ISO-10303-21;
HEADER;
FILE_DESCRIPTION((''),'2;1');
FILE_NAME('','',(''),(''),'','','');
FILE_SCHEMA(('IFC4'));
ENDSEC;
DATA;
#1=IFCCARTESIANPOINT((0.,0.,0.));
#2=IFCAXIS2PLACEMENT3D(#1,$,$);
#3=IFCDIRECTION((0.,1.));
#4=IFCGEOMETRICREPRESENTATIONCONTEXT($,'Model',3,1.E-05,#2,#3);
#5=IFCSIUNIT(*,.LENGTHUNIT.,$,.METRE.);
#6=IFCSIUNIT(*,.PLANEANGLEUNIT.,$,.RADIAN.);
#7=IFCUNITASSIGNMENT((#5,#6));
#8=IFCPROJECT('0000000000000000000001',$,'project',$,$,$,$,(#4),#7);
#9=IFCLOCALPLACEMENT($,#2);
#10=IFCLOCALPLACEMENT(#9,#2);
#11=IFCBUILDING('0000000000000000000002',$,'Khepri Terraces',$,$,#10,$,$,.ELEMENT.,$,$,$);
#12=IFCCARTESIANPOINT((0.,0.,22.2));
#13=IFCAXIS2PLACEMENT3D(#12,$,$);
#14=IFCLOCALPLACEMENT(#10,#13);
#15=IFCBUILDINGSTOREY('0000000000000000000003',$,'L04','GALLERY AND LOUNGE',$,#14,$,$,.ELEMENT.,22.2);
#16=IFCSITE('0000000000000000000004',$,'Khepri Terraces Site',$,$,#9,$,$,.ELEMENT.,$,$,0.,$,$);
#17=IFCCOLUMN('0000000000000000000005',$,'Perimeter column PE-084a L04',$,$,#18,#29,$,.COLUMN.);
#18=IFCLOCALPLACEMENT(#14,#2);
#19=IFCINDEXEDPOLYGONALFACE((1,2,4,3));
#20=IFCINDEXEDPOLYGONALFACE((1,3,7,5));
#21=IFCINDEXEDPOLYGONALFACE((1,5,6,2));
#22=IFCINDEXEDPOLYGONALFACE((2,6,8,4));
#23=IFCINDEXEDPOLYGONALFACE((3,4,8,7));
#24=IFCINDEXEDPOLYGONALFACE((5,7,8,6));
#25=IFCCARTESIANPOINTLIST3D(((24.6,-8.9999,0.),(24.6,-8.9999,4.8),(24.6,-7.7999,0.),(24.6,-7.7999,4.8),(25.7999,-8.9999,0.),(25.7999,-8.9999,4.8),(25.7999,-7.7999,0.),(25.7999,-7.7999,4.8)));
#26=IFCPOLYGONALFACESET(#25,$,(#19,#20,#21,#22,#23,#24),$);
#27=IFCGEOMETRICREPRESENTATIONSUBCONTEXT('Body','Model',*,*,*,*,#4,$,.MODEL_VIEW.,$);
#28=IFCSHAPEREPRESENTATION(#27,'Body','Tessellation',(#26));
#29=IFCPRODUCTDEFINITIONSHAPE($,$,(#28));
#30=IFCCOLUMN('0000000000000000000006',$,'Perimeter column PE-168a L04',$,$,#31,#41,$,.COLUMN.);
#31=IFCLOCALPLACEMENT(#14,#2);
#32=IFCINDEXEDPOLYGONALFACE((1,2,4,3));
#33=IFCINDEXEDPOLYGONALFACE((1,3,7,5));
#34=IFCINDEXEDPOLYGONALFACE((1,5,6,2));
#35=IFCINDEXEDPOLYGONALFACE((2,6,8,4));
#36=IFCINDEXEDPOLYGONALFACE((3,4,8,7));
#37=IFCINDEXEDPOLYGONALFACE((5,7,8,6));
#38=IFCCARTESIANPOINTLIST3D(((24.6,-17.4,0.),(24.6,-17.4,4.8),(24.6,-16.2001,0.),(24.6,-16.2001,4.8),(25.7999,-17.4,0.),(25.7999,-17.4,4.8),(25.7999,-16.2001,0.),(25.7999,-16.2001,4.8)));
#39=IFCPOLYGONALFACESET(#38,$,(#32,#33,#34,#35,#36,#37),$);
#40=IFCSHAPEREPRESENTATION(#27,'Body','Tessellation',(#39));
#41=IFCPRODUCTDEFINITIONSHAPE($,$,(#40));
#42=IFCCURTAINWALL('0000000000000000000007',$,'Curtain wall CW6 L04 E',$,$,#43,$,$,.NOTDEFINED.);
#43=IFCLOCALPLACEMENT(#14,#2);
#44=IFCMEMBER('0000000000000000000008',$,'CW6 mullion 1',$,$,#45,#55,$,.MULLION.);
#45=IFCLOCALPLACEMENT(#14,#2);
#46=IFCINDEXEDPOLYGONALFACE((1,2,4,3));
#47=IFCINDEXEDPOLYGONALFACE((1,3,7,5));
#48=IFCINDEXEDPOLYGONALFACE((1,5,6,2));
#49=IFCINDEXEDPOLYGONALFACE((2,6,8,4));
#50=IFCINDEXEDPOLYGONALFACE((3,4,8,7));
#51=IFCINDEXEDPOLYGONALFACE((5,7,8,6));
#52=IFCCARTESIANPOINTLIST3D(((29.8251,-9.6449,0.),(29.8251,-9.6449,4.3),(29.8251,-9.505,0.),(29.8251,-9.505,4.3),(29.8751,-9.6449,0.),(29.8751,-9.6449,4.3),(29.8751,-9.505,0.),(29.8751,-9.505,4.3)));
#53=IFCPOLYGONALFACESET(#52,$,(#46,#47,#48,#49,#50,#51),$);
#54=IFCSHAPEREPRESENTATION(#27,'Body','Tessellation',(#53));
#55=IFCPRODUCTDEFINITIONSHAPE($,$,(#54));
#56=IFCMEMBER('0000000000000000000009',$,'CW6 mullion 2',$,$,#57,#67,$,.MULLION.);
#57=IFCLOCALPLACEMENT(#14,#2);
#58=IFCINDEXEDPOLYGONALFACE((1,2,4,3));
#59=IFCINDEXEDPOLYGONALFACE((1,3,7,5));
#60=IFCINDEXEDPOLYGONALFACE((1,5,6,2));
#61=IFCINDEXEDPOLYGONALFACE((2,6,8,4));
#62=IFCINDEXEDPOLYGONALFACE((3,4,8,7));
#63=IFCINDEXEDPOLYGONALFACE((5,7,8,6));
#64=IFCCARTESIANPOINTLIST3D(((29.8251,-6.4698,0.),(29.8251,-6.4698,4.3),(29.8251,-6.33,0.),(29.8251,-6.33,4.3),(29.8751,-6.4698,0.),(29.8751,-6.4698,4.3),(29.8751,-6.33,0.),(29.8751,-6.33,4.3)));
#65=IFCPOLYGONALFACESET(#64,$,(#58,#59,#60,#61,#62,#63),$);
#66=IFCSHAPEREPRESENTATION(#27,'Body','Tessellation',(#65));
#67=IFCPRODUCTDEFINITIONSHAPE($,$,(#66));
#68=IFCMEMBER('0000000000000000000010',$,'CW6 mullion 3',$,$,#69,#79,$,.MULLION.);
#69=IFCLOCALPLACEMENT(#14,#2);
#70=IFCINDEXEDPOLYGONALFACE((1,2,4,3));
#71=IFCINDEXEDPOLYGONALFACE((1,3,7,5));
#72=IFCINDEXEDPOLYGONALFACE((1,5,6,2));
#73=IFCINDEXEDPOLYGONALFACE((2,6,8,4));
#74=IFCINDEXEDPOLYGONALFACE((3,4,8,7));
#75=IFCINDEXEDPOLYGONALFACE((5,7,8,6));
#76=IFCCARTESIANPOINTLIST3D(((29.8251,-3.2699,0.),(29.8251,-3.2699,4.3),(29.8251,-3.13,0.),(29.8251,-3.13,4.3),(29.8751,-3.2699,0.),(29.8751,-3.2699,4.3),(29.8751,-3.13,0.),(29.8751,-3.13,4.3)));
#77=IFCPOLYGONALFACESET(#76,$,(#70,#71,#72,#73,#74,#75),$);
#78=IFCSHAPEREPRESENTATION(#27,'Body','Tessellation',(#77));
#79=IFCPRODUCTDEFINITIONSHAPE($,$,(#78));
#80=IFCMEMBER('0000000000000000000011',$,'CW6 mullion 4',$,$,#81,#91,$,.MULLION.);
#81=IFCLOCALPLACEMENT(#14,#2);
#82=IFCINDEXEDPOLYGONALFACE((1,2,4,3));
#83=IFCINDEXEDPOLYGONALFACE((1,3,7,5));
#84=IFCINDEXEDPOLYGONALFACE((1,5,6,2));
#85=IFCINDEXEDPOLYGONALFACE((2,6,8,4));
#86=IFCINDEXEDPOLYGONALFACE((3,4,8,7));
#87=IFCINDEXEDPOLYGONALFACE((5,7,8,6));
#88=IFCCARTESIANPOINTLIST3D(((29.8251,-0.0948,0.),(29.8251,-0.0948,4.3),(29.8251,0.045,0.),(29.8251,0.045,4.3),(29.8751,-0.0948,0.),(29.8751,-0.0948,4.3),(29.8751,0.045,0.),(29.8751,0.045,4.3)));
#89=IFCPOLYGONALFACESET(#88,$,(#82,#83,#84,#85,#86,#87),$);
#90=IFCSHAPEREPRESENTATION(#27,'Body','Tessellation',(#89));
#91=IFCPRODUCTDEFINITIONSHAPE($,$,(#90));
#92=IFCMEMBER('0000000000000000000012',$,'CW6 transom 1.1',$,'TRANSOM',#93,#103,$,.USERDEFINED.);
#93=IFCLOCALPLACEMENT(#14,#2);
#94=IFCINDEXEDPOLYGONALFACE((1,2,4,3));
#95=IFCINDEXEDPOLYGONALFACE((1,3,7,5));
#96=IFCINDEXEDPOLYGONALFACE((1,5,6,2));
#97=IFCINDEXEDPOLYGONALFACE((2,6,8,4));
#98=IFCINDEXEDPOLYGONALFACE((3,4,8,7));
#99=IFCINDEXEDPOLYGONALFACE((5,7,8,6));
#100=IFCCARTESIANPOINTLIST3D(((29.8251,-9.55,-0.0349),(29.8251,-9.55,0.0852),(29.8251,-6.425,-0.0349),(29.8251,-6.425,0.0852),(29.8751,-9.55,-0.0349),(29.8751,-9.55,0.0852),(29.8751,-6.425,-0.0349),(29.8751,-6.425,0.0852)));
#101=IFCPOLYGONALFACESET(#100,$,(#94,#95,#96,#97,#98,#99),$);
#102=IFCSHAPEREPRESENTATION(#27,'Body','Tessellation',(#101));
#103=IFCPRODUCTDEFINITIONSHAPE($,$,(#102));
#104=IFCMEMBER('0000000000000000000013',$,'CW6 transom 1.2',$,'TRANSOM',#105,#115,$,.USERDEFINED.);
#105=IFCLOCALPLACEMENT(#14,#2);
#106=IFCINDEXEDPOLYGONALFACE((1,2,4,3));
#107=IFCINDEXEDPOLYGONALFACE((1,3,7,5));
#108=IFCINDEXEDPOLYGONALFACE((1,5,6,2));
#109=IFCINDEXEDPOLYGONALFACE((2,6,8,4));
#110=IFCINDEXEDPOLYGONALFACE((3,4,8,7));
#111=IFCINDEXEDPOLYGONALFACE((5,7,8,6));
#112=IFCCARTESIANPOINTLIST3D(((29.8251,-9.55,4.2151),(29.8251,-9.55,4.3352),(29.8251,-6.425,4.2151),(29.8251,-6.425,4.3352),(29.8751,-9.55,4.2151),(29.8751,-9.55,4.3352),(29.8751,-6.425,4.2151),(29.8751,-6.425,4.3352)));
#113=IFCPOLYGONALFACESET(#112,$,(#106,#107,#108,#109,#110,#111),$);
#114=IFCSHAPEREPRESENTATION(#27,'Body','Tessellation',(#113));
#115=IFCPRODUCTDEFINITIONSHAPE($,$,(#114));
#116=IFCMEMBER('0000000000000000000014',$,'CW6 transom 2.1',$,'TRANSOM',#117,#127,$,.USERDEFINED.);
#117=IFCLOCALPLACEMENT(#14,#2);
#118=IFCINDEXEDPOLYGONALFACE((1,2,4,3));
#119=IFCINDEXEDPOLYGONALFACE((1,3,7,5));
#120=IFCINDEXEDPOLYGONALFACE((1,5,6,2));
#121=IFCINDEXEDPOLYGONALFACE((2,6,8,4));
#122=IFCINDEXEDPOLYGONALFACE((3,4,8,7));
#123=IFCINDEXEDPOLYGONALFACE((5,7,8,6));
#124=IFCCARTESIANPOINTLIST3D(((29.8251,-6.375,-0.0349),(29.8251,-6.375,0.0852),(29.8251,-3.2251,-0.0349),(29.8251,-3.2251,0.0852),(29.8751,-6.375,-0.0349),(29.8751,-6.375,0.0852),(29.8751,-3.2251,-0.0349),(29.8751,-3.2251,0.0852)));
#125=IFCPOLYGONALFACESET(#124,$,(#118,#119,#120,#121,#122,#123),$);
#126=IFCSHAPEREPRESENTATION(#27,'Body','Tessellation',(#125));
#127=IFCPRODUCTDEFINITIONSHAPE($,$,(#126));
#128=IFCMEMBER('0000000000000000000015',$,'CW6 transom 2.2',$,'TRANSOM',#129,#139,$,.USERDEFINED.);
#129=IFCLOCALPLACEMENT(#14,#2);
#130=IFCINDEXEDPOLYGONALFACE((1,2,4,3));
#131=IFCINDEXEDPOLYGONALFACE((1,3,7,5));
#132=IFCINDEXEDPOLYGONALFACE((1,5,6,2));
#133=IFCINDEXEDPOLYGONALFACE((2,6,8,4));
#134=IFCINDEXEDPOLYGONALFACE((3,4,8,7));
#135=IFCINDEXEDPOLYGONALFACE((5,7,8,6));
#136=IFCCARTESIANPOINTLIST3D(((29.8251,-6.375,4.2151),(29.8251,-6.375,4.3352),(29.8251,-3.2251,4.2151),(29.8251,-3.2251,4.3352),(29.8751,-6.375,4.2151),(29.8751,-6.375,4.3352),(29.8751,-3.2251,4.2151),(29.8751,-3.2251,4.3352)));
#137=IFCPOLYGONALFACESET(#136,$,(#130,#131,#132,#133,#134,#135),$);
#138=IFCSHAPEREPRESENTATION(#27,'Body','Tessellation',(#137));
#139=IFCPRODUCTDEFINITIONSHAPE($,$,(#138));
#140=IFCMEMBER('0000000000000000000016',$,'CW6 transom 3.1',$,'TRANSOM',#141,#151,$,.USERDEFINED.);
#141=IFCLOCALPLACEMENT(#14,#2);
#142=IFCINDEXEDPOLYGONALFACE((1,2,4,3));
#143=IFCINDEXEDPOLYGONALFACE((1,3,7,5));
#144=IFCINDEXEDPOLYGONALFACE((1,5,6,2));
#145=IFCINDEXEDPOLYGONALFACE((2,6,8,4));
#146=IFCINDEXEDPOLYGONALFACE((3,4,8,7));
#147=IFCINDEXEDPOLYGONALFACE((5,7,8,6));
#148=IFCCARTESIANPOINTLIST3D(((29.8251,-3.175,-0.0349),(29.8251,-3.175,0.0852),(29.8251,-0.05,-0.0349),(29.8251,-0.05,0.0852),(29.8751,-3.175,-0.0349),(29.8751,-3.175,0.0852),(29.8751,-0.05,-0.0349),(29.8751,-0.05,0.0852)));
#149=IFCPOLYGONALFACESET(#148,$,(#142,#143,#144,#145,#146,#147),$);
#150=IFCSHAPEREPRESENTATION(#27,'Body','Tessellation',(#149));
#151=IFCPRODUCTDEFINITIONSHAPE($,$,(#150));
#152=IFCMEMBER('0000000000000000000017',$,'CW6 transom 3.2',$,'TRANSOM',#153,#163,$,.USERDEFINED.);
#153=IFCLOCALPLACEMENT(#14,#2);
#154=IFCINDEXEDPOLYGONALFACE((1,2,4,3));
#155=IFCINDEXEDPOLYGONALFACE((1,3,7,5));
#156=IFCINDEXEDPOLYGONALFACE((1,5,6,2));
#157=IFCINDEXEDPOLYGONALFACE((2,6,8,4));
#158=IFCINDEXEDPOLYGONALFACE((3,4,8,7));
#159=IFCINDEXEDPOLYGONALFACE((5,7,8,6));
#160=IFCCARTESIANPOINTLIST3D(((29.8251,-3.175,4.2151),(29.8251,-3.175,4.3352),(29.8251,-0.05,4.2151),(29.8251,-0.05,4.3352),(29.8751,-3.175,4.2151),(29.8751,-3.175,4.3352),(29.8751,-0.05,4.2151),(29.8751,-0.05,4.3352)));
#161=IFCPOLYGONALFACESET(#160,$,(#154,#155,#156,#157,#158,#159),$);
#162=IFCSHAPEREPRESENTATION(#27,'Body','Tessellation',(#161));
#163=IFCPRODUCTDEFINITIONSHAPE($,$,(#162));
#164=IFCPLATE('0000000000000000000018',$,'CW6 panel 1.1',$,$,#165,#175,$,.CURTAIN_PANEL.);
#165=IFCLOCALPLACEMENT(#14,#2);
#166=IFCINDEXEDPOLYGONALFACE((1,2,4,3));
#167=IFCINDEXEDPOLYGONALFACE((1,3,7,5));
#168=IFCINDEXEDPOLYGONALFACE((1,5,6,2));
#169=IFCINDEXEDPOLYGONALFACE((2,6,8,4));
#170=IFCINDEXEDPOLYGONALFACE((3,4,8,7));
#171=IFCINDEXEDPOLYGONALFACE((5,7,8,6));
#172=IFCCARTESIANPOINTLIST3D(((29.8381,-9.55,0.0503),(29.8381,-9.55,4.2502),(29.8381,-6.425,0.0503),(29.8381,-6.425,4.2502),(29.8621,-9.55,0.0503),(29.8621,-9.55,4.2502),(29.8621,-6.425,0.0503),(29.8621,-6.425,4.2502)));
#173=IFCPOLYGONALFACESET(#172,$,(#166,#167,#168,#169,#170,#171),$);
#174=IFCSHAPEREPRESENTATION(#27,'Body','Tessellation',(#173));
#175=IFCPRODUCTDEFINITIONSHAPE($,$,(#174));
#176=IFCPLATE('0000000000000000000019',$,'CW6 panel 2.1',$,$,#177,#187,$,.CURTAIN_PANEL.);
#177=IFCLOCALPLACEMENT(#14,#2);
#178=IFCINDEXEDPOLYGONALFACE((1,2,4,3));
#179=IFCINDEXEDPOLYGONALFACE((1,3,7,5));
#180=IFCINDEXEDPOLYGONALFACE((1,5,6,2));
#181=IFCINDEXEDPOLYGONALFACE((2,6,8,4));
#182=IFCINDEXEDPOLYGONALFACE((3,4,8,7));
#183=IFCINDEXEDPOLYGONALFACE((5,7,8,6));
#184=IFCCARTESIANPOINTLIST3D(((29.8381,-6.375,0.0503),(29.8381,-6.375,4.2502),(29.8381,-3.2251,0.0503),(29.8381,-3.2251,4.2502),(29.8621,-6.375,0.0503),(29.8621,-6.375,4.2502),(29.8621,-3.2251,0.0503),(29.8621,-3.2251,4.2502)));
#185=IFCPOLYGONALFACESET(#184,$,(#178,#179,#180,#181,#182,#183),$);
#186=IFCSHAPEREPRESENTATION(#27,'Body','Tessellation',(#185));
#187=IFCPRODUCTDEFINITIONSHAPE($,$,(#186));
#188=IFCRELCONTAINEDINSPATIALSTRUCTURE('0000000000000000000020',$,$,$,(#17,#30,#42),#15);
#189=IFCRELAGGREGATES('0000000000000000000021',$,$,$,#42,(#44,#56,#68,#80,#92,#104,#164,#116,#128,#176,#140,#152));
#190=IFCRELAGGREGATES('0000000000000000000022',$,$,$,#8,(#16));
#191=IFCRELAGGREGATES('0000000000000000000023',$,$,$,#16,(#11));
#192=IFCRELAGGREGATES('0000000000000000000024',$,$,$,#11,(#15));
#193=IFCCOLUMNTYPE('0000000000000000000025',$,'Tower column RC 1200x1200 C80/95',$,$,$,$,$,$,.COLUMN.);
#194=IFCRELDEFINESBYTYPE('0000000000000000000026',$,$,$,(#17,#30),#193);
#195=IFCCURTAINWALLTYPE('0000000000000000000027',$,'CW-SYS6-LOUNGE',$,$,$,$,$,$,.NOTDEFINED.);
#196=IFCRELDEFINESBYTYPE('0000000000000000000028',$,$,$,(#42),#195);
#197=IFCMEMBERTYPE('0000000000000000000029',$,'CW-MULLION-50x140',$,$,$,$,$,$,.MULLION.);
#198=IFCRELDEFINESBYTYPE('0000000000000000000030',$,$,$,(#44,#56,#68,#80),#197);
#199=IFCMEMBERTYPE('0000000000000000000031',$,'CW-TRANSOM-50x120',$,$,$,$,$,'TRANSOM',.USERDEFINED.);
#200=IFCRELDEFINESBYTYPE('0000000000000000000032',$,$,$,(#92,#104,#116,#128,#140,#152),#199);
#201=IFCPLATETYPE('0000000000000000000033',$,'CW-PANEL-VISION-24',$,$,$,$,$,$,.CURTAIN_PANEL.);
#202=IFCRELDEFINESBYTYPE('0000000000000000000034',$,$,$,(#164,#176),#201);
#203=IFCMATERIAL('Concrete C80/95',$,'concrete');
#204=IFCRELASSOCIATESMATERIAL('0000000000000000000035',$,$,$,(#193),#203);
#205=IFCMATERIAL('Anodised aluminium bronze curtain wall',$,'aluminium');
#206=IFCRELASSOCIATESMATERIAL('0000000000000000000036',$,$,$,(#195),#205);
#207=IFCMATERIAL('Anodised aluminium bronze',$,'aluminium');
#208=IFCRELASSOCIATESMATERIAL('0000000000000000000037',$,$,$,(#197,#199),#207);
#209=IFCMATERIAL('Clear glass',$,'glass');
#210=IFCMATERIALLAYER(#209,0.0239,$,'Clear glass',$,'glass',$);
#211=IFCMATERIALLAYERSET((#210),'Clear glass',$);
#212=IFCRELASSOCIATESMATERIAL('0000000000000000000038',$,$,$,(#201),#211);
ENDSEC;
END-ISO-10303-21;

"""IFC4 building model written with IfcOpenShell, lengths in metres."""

from ifc_helpers import new_model, si_unit, direction, frame, origin, origin_2d, place, context, subcontext, project, spatial, rectangle, extrude, material, layer, layer_set, material_profile, profile_set, type_object, element, aggregate, save


model = new_model("IFC4")

# Units and contexts
model_context = context("Model", 3, precision=1e-05, world=origin(), true_north=direction((0.0, 1.0)))
body_context = subcontext(model_context, "Body", "Model", "MODEL_VIEW")
ifc_project = project(units=[si_unit("LENGTHUNIT", "METRE"), si_unit("PLANEANGLEUNIT", "RADIAN")], contexts=[model_context])

# Site, building, storey
site_placement = place(None, origin())
site = spatial("IfcSite", under=ifc_project, at=site_placement, Name="Khepri Terraces Site", CompositionType="ELEMENT", RefElevation=0.0)
building_placement = place(site_placement, origin())
building = spatial("IfcBuilding", under=site, at=building_placement, Name="Khepri Terraces", CompositionType="ELEMENT")
storey_placement = place(building_placement, frame((0.0, 0.0, 22.2)))
storey = spatial("IfcBuildingStorey", under=building, at=storey_placement, Name="L04", Description="GALLERY AND LOUNGE", CompositionType="ELEMENT", Elevation=22.2)

# Columns
ifc_material_1 = material(Name="Concrete C80/95", Category="concrete")
ifc_material_profile_1 = material_profile(ifc_material_1, rectangle(XDim=1.2, YDim=1.2, at=origin_2d()), Name="Concrete C80/95", Category="concrete")
ifc_profile_set_1 = profile_set([ifc_material_profile_1], Name="Concrete C80/95")
column_type = type_object("IfcColumnType", Name="Tower column RC 1200x1200 C80/95", PredefinedType="COLUMN", material=ifc_profile_set_1)
for number, where, z_axis, x_axis, name in (
    (1, (25.2, -8.3999, 0.0), (0.0, 0.0, 1.0), (1.0, 0.0, 0.0), "Perimeter column PE-084a L04"),
    (2, (25.2, -16.8, 0.0), (0.0, 0.0, 1.0), (1.0, 0.0, 0.0), "Perimeter column PE-168a L04"),
):
    element("IfcColumn", number, at=place(storey_placement, frame(where, z_axis=z_axis, x_axis=x_axis)), inside=storey, type_object=column_type, Name=name, PredefinedType="COLUMN", context=body_context, shape_type="SweptSolid", body=[
        extrude(rectangle(XDim=1.2, YDim=1.2, at=origin_2d()), origin(), (0.0, 0.0, 1.0), 4.8),
    ])

# Curtain wall, members, plates
ifc_material_2 = material(Name="Anodised aluminium bronze curtain wall", Category="aluminium")
curtain_wall_type = type_object("IfcCurtainWallType", Name="CW-SYS6-LOUNGE", PredefinedType="NOTDEFINED", material=ifc_material_2)
curtain_wall_placement = place(storey_placement, origin())
curtain_wall = element("IfcCurtainWall", 3, at=curtain_wall_placement, inside=storey, type_object=curtain_wall_type, Name="Curtain wall CW6 L04 E", PredefinedType="NOTDEFINED")
ifc_material_3 = material(Name="Anodised aluminium bronze", Category="aluminium")
ifc_material_profile_2 = material_profile(ifc_material_3, rectangle(XDim=0.05, YDim=0.1399, at=origin_2d()), Name="Anodised aluminium bronze", Category="aluminium")
ifc_profile_set_2 = profile_set([ifc_material_profile_2], Name="Anodised aluminium bronze")
member_type_1 = type_object("IfcMemberType", Name="CW-MULLION-50x140", PredefinedType="MULLION", material=ifc_profile_set_2)
member_1_placement = place(storey_placement, frame((29.8501, -9.575, 0.0), z_axis=(0.0, 0.0, 1.0), x_axis=(-1.0, 0.0, 0.0)))
member_1 = element("IfcMember", 4, at=member_1_placement, type_object=member_type_1, Name="CW6 mullion 1", PredefinedType="MULLION", context=body_context, shape_type="SweptSolid", body=[
    extrude(rectangle(XDim=0.05, YDim=0.1399, at=origin_2d()), origin(), (0.0, 0.0, 1.0), 4.3),
])
member_2_placement = place(storey_placement, frame((29.8501, -6.3999, 0.0), z_axis=(0.0, 0.0, 1.0), x_axis=(-1.0, 0.0, 0.0)))
member_2 = element("IfcMember", 5, at=member_2_placement, type_object=member_type_1, Name="CW6 mullion 2", PredefinedType="MULLION", context=body_context, shape_type="SweptSolid", body=[
    extrude(rectangle(XDim=0.05, YDim=0.1399, at=origin_2d()), origin(), (0.0, 0.0, 1.0), 4.3),
])
member_3_placement = place(storey_placement, frame((29.8501, -3.2, 0.0), z_axis=(0.0, 0.0, 1.0), x_axis=(-1.0, 0.0, 0.0)))
member_3 = element("IfcMember", 6, at=member_3_placement, type_object=member_type_1, Name="CW6 mullion 3", PredefinedType="MULLION", context=body_context, shape_type="SweptSolid", body=[
    extrude(rectangle(XDim=0.05, YDim=0.1399, at=origin_2d()), origin(), (0.0, 0.0, 1.0), 4.3),
])
member_4_placement = place(storey_placement, frame((29.8501, -0.0249, 0.0), z_axis=(0.0, 0.0, 1.0), x_axis=(-1.0, 0.0, 0.0)))
member_4 = element("IfcMember", 7, at=member_4_placement, type_object=member_type_1, Name="CW6 mullion 4", PredefinedType="MULLION", context=body_context, shape_type="SweptSolid", body=[
    extrude(rectangle(XDim=0.05, YDim=0.1399, at=origin_2d()), origin(), (0.0, 0.0, 1.0), 4.3),
])
ifc_material_profile_3 = material_profile(ifc_material_3, rectangle(XDim=0.05, YDim=0.1201, at=origin_2d()), Name="Anodised aluminium bronze", Category="aluminium")
ifc_profile_set_3 = profile_set([ifc_material_profile_3], Name="Anodised aluminium bronze")
member_type_2 = type_object("IfcMemberType", Name="CW-TRANSOM-50x120", ElementType="TRANSOM", PredefinedType="USERDEFINED", material=ifc_profile_set_3)
member_5_placement = place(storey_placement, frame((29.8501, -9.55, 0.0251), z_axis=(0.0, 1.0, 0.0), x_axis=(-1.0, 0.0, 0.0)))
member_5 = element("IfcMember", 8, at=member_5_placement, type_object=member_type_2, Name="CW6 transom 1.1", ObjectType="TRANSOM", PredefinedType="USERDEFINED", context=body_context, shape_type="SweptSolid", body=[
    extrude(rectangle(XDim=0.05, YDim=0.1201, at=origin_2d()), origin(), (0.0, 0.0, 1.0), 3.125),
])
member_6_placement = place(storey_placement, frame((29.8501, -9.55, 4.2751), z_axis=(0.0, 1.0, 0.0), x_axis=(-1.0, 0.0, 0.0)))
member_6 = element("IfcMember", 9, at=member_6_placement, type_object=member_type_2, Name="CW6 transom 1.2", ObjectType="TRANSOM", PredefinedType="USERDEFINED", context=body_context, shape_type="SweptSolid", body=[
    extrude(rectangle(XDim=0.05, YDim=0.1201, at=origin_2d()), origin(), (0.0, 0.0, 1.0), 3.125),
])
member_7_placement = place(storey_placement, frame((29.8501, -6.375, 0.0251), z_axis=(0.0, 1.0, 0.0), x_axis=(-1.0, 0.0, 0.0)))
member_7 = element("IfcMember", 10, at=member_7_placement, type_object=member_type_2, Name="CW6 transom 2.1", ObjectType="TRANSOM", PredefinedType="USERDEFINED", context=body_context, shape_type="SweptSolid", body=[
    extrude(rectangle(XDim=0.05, YDim=0.1201, at=origin_2d()), origin(), (0.0, 0.0, 1.0), 3.1499),
])
member_8_placement = place(storey_placement, frame((29.8501, -6.375, 4.2751), z_axis=(0.0, 1.0, 0.0), x_axis=(-1.0, 0.0, 0.0)))
member_8 = element("IfcMember", 11, at=member_8_placement, type_object=member_type_2, Name="CW6 transom 2.2", ObjectType="TRANSOM", PredefinedType="USERDEFINED", context=body_context, shape_type="SweptSolid", body=[
    extrude(rectangle(XDim=0.05, YDim=0.1201, at=origin_2d()), origin(), (0.0, 0.0, 1.0), 3.1499),
])
member_9_placement = place(storey_placement, frame((29.8501, -3.175, 0.0251), z_axis=(0.0, 1.0, 0.0), x_axis=(-1.0, 0.0, 0.0)))
member_9 = element("IfcMember", 12, at=member_9_placement, type_object=member_type_2, Name="CW6 transom 3.1", ObjectType="TRANSOM", PredefinedType="USERDEFINED", context=body_context, shape_type="SweptSolid", body=[
    extrude(rectangle(XDim=0.05, YDim=0.1201, at=origin_2d()), origin(), (0.0, 0.0, 1.0), 3.125),
])
member_10_placement = place(storey_placement, frame((29.8501, -3.175, 4.2751), z_axis=(0.0, 1.0, 0.0), x_axis=(-1.0, 0.0, 0.0)))
member_10 = element("IfcMember", 13, at=member_10_placement, type_object=member_type_2, Name="CW6 transom 3.2", ObjectType="TRANSOM", PredefinedType="USERDEFINED", context=body_context, shape_type="SweptSolid", body=[
    extrude(rectangle(XDim=0.05, YDim=0.1201, at=origin_2d()), origin(), (0.0, 0.0, 1.0), 3.125),
])
ifc_material_4 = material(Name="Clear glass", Category="glass")
ifc_layer_1 = layer(ifc_material_4, 0.0239, Name="Clear glass", Category="glass")
ifc_layer_set_1 = layer_set([ifc_layer_1], Name="Clear glass")
plate_type = type_object("IfcPlateType", Name="CW-PANEL-VISION-24", PredefinedType="CURTAIN_PANEL", material=ifc_layer_set_1)
plate_1_placement = place(storey_placement, frame((29.8501, -7.9875, 0.0503), z_axis=(0.0, 0.0, 1.0), x_axis=(0.0, 1.0, 0.0)))
plate_1 = element("IfcPlate", 14, at=plate_1_placement, type_object=plate_type, Name="CW6 panel 1.1", PredefinedType="CURTAIN_PANEL", context=body_context, shape_type="SweptSolid", body=[
    extrude(rectangle(XDim=3.125, YDim=0.0239, at=origin_2d()), origin(), (0.0, 0.0, 1.0), 4.2),
])
plate_2_placement = place(storey_placement, frame((29.8501, -4.8, 0.0503), z_axis=(0.0, 0.0, 1.0), x_axis=(0.0, 1.0, 0.0)))
plate_2 = element("IfcPlate", 15, at=plate_2_placement, type_object=plate_type, Name="CW6 panel 2.1", PredefinedType="CURTAIN_PANEL", context=body_context, shape_type="SweptSolid", body=[
    extrude(rectangle(XDim=3.1499, YDim=0.0239, at=origin_2d()), origin(), (0.0, 0.0, 1.0), 4.2),
])
aggregate(curtain_wall, [member_1, member_2, member_3, member_4, member_5, member_6, plate_1, member_7, member_8, plate_2, member_9, member_10])

save(model, "model.ifc")
